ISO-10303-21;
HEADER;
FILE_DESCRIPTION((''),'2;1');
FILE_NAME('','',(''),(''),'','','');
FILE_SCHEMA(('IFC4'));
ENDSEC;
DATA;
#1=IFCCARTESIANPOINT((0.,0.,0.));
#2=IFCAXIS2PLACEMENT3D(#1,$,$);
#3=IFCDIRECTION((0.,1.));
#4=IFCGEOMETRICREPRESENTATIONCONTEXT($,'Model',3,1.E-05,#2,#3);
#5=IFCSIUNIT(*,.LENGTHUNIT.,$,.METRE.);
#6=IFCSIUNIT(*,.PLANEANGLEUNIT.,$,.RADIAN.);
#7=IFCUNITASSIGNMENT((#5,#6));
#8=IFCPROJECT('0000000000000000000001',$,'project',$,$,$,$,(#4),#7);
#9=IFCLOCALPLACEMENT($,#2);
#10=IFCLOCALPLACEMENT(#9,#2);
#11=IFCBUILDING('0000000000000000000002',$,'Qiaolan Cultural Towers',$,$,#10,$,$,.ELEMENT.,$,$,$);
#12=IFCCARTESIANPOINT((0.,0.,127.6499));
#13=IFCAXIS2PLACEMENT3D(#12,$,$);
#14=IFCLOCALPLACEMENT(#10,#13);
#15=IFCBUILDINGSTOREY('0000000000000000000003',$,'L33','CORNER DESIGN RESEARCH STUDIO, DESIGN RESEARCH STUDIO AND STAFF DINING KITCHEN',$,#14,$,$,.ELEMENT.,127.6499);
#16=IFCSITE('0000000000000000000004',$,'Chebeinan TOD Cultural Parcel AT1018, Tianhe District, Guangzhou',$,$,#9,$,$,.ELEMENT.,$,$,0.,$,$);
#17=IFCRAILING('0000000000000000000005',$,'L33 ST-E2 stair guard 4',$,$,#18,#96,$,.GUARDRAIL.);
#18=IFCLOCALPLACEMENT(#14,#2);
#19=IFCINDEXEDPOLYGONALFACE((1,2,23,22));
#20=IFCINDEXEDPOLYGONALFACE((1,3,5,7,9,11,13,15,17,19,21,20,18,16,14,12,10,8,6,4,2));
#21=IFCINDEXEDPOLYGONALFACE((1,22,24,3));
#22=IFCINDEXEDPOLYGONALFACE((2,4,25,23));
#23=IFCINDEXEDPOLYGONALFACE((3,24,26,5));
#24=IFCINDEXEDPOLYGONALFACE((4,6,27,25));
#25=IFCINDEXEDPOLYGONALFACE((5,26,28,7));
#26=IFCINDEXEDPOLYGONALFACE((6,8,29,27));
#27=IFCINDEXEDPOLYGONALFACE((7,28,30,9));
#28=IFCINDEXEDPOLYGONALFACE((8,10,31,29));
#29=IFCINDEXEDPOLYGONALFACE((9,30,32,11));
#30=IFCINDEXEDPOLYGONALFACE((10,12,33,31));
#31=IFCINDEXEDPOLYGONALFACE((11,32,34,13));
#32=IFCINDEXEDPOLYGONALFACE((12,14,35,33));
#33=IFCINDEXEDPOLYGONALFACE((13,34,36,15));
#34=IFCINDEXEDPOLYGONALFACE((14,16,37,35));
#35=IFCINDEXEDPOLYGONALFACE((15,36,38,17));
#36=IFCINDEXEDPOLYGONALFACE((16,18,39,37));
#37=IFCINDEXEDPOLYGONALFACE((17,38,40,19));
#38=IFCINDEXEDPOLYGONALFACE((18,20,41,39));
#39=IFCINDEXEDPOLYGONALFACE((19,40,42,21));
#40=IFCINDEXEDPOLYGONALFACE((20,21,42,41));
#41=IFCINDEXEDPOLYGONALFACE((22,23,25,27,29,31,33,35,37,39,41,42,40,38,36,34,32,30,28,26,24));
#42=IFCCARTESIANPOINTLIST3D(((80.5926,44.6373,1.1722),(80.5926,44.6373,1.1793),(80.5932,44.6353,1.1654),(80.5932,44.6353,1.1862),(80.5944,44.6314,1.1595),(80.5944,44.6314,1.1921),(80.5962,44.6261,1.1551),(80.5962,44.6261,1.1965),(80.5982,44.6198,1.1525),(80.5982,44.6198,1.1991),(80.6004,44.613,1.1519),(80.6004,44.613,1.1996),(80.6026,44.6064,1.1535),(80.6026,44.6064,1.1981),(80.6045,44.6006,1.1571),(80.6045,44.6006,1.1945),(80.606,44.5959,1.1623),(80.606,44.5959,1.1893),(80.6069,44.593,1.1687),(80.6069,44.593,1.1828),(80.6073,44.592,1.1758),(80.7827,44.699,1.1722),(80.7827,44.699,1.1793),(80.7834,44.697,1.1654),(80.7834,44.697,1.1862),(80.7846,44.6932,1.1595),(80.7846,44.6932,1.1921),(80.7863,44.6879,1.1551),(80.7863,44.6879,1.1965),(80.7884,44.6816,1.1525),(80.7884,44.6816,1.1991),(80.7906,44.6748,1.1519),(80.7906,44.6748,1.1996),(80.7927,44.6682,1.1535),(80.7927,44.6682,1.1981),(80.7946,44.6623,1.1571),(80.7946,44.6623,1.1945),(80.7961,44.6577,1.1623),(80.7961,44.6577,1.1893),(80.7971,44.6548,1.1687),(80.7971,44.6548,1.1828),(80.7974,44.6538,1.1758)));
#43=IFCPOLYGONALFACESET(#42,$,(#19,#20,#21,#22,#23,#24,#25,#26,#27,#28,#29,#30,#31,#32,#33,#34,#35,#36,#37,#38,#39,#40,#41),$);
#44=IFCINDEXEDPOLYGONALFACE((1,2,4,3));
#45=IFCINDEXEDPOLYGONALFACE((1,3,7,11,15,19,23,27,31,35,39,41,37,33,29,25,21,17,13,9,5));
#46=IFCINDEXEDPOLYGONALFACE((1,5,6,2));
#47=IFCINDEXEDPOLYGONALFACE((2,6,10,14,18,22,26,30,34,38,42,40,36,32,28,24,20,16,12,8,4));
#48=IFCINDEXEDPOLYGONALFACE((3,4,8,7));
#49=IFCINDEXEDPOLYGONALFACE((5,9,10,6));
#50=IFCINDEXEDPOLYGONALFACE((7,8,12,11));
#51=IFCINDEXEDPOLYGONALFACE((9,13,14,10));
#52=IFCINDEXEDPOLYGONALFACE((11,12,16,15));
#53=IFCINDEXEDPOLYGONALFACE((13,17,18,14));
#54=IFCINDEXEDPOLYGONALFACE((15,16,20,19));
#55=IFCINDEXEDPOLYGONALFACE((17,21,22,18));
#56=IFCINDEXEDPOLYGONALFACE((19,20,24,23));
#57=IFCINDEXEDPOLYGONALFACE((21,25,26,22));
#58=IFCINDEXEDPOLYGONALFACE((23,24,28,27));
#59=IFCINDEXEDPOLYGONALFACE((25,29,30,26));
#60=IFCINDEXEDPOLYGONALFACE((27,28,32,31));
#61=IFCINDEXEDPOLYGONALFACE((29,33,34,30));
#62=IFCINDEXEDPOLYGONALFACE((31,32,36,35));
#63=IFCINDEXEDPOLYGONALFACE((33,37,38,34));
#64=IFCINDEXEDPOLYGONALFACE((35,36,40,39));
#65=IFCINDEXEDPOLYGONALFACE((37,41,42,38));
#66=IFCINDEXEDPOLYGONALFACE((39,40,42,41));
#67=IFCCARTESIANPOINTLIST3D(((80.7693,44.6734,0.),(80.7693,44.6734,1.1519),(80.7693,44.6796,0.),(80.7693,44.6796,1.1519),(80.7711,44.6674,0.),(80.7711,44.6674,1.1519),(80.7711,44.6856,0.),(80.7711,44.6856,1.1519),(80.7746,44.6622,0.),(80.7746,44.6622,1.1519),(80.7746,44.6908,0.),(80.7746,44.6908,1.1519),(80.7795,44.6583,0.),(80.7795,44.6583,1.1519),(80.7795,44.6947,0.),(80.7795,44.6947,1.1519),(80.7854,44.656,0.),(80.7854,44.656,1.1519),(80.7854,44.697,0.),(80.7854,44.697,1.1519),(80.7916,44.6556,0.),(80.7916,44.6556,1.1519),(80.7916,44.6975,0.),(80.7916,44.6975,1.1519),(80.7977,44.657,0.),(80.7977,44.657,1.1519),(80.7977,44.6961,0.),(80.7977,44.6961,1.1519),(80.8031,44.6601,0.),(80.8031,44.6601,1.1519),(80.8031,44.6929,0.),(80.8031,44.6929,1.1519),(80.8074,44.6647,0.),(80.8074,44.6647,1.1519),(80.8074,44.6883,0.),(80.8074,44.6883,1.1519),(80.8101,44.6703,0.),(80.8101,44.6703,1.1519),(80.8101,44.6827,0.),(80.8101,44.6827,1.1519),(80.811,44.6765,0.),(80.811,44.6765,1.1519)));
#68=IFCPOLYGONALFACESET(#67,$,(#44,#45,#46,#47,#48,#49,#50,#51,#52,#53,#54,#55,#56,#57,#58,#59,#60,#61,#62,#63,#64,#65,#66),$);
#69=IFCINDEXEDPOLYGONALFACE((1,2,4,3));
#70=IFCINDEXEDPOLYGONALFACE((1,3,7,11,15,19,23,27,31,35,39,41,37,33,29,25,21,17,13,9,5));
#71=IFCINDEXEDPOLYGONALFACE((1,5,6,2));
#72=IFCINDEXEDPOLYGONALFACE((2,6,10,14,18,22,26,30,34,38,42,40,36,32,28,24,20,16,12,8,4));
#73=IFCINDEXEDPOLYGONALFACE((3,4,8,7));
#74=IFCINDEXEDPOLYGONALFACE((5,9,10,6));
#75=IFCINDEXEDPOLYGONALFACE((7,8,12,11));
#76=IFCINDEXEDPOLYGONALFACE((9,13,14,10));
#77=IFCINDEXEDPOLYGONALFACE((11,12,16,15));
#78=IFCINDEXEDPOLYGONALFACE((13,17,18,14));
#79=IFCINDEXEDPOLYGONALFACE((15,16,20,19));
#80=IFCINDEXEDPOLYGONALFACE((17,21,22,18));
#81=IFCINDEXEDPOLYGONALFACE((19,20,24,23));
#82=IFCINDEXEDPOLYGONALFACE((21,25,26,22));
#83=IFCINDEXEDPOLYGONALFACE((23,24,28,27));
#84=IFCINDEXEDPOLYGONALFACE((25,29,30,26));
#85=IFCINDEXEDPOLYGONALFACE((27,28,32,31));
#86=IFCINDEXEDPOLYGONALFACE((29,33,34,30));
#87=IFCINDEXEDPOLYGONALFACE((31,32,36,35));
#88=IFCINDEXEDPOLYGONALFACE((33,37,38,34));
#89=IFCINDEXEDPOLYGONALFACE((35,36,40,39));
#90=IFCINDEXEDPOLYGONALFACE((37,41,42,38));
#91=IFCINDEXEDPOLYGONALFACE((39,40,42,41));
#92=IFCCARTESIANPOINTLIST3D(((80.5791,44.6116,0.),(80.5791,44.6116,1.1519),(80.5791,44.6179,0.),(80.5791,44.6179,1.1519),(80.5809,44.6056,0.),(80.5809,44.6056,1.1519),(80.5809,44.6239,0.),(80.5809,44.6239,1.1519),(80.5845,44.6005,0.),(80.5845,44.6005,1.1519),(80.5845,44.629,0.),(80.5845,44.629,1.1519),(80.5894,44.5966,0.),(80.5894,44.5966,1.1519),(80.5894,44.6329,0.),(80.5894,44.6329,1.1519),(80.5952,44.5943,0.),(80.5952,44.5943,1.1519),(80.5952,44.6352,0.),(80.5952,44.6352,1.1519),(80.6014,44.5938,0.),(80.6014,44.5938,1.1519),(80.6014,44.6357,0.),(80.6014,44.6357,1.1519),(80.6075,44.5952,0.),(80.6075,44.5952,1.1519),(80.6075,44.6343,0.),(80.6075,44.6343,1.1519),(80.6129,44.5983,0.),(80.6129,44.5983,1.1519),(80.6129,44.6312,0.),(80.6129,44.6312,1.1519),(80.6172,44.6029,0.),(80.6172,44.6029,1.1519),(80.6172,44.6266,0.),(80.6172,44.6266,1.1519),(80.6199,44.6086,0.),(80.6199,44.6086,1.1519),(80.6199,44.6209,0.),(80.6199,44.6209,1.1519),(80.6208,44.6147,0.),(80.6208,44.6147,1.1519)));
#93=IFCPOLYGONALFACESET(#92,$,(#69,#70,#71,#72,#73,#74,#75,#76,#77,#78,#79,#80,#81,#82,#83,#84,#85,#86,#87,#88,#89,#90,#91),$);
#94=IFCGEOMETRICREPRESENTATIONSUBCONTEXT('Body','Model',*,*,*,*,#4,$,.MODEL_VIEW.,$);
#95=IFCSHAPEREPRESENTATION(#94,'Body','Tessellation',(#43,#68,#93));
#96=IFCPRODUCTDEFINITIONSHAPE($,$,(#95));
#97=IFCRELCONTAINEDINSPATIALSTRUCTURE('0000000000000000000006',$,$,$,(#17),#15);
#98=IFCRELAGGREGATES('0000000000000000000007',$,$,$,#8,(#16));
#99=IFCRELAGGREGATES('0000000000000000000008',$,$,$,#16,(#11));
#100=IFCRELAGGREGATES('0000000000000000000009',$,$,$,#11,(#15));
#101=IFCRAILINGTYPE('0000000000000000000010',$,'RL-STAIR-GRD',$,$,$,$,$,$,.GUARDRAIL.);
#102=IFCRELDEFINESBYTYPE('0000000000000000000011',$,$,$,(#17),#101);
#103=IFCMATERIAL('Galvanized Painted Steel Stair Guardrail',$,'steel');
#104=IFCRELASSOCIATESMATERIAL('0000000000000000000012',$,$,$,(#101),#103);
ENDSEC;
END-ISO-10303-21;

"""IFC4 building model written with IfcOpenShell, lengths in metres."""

from ifc_helpers import new_model, si_unit, direction, frame, origin, origin_2d, place, context, subcontext, project, spatial, circle, extrude, material, type_object, element, save


model = new_model("IFC4")

# Units and contexts
model_context = context("Model", 3, precision=1e-05, world=origin(), true_north=direction((0.0, 1.0)))
body_context = subcontext(model_context, "Body", "Model", "MODEL_VIEW")
ifc_project = project(units=[si_unit("LENGTHUNIT", "METRE"), si_unit("PLANEANGLEUNIT", "RADIAN")], contexts=[model_context])

# Site, building, storey
site_placement = place(None, origin())
site = spatial("IfcSite", under=ifc_project, at=site_placement, Name="Chebeinan TOD Cultural Parcel AT1018, Tianhe District, Guangzhou", CompositionType="ELEMENT", RefElevation=0.0)
building_placement = place(site_placement, origin())
building = spatial("IfcBuilding", under=site, at=building_placement, Name="Qiaolan Cultural Towers", CompositionType="ELEMENT")
storey_placement = place(building_placement, frame((0.0, 0.0, 127.6499)))
storey = spatial("IfcBuildingStorey", under=building, at=storey_placement, Name="L33", Description="CORNER DESIGN RESEARCH STUDIO, DESIGN RESEARCH STUDIO AND STAFF DINING KITCHEN", CompositionType="ELEMENT", Elevation=127.6499)

# Railing
ifc_material_1 = material(Name="Galvanized Painted Steel Stair Guardrail", Category="steel")
railing_type_1 = type_object("IfcRailingType", Name="RL-STAIR-GRD", PredefinedType="GUARDRAIL", material=ifc_material_1)
railing_1_placement = place(storey_placement, frame((80.79, 44.6765, 0.0)))
element("IfcRailing", 1, at=railing_1_placement, inside=storey, type_object=railing_type_1, Name="L33 ST-E2 stair guard 4", PredefinedType="GUARDRAIL", context=body_context, shape_type="SweptSolid", body=[
    extrude(circle(Radius=0.0239, at=origin_2d()), frame((0.0, 0.0, 1.1758), z_axis=(-0.951097, -0.308893, 0.0), x_axis=(0.308893, -0.951097, 0.0)), (0.0, 0.0, 1.0), 0.2),
    extrude(circle(Radius=0.021, at=origin_2d()), origin(), (0.0, 0.0, 1.0), 1.1519),
    extrude(circle(Radius=0.021, at=origin_2d()), frame((-0.1902, -0.0618, 0.0)), (0.0, 0.0, 1.0), 1.1519),
])

save(model, "model.ifc")
